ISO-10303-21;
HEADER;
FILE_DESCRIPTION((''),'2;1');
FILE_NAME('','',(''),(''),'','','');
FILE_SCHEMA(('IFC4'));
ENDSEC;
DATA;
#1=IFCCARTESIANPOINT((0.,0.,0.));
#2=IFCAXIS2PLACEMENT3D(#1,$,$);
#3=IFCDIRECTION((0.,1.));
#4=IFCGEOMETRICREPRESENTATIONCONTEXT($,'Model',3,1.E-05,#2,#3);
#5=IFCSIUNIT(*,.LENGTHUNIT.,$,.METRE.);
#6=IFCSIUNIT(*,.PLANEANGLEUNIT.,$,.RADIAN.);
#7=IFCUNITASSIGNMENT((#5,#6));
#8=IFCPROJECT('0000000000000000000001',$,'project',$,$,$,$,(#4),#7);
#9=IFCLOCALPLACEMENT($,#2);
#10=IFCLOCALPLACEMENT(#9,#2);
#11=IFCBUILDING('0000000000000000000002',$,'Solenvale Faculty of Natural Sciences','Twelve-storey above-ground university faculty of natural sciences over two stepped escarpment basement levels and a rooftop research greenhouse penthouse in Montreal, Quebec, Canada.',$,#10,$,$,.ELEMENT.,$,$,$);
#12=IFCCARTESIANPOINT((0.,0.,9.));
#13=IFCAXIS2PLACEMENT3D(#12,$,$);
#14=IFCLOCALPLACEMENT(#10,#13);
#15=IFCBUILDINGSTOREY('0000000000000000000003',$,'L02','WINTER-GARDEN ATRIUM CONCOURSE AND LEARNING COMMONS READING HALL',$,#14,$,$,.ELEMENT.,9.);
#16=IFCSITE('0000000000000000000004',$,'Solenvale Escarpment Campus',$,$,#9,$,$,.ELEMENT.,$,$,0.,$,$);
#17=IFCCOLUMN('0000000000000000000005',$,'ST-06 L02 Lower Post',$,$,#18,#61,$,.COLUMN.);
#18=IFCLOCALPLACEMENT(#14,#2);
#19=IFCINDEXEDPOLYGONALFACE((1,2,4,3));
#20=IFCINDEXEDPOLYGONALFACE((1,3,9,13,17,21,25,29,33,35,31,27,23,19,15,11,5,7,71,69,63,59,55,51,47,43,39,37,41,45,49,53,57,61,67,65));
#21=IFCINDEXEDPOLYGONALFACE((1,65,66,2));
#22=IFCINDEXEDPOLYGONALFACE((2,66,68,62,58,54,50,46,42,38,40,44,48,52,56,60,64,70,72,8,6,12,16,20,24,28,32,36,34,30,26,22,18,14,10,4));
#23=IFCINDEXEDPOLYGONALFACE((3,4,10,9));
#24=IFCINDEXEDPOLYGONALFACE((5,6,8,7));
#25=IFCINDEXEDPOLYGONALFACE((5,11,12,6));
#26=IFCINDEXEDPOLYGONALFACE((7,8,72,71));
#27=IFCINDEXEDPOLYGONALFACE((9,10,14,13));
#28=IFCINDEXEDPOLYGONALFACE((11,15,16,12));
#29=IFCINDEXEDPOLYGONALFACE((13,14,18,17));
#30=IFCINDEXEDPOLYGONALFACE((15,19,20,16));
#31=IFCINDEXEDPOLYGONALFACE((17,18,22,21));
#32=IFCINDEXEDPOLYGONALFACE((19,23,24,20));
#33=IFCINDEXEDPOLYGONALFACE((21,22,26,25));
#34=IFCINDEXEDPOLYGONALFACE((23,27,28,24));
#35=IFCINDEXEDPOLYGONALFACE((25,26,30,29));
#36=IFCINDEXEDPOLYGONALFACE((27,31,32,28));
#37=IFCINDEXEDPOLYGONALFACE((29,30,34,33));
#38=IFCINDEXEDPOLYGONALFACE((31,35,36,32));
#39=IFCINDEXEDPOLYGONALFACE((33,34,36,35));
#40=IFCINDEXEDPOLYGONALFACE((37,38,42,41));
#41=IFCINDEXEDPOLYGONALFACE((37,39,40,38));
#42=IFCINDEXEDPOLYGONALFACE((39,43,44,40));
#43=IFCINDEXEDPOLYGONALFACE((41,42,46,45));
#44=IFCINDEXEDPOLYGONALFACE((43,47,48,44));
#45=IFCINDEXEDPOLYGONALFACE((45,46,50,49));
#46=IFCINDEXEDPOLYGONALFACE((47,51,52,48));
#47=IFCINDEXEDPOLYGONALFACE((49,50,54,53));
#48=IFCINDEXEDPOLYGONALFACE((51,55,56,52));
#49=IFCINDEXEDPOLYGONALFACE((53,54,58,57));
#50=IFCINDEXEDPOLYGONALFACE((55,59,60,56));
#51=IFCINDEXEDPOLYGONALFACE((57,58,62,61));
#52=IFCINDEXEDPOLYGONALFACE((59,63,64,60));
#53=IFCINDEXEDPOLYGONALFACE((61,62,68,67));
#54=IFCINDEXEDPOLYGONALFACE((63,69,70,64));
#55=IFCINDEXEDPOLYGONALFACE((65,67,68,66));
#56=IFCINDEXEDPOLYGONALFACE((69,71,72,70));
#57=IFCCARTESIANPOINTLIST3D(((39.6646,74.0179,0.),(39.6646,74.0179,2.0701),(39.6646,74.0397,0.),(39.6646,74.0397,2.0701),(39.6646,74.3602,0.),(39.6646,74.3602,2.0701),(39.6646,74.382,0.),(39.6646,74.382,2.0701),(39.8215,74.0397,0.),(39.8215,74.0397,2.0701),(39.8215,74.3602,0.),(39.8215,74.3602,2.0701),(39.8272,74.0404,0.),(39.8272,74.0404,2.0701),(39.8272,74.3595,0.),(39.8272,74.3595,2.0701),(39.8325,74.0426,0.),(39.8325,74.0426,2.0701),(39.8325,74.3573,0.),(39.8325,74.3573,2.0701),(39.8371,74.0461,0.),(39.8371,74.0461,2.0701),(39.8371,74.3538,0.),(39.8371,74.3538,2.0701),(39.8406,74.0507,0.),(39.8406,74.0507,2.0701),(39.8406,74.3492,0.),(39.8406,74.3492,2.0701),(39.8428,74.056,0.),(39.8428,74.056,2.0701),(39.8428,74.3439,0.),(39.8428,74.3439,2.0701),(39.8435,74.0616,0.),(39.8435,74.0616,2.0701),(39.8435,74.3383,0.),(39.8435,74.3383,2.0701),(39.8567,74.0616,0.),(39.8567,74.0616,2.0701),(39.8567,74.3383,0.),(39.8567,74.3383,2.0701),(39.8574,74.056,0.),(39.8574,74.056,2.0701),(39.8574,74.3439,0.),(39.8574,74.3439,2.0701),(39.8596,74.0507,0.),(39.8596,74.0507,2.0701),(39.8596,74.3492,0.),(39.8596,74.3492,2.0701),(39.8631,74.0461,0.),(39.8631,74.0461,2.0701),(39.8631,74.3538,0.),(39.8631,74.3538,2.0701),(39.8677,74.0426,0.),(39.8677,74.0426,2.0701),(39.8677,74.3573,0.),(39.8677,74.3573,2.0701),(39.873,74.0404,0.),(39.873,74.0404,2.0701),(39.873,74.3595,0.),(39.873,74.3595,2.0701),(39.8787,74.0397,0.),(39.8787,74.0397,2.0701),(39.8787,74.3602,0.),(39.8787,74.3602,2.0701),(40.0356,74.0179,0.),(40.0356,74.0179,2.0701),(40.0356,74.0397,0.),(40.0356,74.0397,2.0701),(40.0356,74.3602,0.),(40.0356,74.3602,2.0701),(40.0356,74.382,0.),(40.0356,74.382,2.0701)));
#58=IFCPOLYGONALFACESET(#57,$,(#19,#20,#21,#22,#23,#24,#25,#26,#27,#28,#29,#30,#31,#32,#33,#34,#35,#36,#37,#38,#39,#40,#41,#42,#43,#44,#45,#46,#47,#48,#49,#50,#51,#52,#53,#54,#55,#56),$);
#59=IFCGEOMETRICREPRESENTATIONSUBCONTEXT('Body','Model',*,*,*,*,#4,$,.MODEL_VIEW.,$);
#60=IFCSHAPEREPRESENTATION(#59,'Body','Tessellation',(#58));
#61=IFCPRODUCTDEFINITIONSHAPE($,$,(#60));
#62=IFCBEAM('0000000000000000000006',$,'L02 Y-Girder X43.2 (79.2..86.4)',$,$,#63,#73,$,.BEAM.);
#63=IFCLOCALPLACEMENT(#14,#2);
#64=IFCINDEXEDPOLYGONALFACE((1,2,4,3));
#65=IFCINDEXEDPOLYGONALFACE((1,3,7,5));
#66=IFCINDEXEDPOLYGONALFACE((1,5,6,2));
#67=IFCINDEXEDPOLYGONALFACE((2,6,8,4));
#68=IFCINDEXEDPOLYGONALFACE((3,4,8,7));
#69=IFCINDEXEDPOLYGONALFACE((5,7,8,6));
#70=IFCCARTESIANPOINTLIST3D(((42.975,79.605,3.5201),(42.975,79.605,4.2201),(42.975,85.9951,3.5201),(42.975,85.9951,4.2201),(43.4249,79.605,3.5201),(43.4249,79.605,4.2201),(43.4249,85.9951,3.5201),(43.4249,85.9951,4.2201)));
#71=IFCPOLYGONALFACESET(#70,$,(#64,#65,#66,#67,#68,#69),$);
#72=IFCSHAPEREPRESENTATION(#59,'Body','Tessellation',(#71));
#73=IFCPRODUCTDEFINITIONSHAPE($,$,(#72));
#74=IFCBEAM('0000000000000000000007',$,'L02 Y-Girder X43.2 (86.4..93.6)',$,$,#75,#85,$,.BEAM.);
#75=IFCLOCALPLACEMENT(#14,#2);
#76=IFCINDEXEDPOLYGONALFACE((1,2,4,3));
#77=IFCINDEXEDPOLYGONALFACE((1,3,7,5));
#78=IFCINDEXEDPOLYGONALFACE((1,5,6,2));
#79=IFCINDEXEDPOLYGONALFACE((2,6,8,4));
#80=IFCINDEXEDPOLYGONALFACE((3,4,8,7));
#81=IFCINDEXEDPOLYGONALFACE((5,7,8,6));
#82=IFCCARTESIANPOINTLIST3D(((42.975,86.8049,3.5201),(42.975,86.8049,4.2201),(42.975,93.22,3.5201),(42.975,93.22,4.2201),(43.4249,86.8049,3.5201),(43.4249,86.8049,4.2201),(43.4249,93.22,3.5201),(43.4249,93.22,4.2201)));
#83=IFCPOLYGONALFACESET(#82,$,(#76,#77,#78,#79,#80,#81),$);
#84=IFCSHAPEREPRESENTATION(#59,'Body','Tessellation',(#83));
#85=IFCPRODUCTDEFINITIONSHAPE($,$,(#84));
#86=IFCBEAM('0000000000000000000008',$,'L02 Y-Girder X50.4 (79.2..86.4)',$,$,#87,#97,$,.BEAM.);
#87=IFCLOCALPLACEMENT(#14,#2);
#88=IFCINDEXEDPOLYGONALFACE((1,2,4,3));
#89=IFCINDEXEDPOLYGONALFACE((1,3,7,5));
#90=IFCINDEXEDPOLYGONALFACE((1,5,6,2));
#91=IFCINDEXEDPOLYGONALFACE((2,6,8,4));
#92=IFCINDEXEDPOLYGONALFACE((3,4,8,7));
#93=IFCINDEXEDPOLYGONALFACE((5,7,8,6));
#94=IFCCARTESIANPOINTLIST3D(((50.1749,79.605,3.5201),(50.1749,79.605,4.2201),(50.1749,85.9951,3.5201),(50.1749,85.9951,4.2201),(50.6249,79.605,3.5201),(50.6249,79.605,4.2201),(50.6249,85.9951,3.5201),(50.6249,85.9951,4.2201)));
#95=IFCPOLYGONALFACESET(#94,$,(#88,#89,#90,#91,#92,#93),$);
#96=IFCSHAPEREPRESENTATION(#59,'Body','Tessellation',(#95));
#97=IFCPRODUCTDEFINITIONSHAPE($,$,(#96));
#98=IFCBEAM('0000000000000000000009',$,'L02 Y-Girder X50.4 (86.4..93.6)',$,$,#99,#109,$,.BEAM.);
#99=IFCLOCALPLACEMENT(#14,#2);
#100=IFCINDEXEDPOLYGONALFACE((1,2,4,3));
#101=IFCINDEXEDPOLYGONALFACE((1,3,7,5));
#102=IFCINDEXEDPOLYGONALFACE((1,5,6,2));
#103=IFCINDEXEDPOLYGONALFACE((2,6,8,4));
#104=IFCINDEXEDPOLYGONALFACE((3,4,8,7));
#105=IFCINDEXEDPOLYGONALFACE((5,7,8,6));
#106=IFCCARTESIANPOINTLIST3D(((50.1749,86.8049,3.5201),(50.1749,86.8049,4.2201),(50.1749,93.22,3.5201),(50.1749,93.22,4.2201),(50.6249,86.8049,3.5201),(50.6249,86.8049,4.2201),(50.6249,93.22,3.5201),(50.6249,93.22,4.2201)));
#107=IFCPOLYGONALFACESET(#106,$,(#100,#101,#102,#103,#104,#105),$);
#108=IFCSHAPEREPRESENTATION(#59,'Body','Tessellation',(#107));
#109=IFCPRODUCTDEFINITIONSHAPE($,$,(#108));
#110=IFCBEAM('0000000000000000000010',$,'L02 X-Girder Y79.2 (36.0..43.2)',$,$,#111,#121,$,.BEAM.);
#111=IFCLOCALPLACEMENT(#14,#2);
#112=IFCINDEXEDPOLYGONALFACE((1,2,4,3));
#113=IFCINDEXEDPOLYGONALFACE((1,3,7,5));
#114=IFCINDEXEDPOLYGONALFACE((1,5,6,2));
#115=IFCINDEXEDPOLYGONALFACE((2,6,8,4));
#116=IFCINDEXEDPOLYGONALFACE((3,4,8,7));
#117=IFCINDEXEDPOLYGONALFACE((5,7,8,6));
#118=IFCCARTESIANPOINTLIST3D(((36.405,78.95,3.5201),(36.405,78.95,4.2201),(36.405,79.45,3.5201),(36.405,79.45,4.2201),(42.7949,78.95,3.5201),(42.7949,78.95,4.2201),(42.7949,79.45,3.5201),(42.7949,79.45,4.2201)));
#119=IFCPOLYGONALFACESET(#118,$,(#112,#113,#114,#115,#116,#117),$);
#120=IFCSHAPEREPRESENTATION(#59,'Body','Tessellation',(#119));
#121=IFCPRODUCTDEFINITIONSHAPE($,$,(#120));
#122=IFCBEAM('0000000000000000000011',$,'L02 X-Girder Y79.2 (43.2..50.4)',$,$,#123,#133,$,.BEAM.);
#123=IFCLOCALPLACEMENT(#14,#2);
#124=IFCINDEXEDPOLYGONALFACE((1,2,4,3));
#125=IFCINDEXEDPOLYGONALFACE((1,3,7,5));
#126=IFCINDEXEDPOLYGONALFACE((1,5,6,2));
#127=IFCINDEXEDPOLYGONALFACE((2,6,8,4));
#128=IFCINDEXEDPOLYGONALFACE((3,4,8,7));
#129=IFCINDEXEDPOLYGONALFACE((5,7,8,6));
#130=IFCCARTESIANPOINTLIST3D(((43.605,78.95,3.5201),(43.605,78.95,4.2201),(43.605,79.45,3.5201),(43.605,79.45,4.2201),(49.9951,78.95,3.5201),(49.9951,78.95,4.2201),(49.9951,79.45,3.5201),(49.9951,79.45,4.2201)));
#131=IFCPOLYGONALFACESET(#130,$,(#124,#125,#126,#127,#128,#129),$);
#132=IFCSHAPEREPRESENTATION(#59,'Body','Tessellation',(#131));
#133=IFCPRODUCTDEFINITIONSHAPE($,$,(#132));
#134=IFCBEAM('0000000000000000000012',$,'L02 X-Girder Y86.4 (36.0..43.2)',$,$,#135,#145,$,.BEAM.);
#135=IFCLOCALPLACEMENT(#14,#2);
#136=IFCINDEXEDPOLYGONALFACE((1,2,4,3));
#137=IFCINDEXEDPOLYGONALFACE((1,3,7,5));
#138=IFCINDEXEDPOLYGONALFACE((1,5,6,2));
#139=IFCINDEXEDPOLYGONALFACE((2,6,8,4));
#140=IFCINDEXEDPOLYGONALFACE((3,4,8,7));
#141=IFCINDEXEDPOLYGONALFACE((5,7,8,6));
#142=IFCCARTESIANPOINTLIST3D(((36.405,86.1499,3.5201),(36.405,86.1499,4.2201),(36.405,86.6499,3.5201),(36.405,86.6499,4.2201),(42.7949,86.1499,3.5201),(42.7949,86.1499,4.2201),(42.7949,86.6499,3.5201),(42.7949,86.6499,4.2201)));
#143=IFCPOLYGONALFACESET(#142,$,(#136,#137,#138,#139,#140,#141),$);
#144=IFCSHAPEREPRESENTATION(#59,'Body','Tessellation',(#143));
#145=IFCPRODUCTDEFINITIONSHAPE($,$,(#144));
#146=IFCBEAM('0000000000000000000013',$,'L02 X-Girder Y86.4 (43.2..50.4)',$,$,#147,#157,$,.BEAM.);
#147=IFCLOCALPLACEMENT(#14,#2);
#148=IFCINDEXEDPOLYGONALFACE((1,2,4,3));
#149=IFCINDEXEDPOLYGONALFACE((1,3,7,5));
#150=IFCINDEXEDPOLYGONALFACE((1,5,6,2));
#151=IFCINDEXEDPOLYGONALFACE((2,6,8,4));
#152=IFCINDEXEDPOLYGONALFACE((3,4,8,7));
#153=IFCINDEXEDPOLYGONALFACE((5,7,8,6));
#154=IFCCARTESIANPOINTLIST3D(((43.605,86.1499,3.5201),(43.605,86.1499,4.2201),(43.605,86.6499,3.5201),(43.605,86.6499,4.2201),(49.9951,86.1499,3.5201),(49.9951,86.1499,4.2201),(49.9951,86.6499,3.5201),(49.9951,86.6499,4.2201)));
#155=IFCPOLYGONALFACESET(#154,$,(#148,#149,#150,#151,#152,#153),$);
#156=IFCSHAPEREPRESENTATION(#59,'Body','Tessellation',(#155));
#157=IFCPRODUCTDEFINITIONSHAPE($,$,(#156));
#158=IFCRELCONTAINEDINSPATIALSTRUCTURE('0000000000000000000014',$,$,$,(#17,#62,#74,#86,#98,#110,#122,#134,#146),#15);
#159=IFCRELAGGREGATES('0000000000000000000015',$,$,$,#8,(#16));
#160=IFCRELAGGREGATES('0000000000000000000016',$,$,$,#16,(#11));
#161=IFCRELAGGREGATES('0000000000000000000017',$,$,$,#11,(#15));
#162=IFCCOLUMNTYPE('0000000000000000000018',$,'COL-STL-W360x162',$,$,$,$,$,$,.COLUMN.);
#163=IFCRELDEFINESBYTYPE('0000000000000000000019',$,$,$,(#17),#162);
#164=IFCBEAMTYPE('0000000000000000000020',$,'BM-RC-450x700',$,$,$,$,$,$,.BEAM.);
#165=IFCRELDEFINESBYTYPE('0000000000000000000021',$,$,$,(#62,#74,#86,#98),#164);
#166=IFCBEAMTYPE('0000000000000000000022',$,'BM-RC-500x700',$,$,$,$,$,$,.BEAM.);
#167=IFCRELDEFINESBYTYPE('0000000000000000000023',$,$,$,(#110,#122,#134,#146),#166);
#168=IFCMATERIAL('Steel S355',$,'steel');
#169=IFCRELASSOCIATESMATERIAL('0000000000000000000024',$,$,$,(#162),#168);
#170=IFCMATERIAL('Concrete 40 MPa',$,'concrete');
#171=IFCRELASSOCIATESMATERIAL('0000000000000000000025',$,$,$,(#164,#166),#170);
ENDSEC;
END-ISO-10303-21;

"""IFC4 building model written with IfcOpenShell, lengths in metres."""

from ifc_helpers import new_model, si_unit, direction, frame, origin, origin_2d, place, context, subcontext, project, spatial, rectangle, i_section, extrude, material, material_profile, profile_set, type_object, element, save


model = new_model("IFC4")

# Units and contexts
model_context = context("Model", 3, precision=1e-05, world=origin(), true_north=direction((0.0, 1.0)))
body_context = subcontext(model_context, "Body", "Model", "MODEL_VIEW")
ifc_project = project(units=[si_unit("LENGTHUNIT", "METRE"), si_unit("PLANEANGLEUNIT", "RADIAN")], contexts=[model_context])

# Site, building, storey
site_placement = place(None, origin())
site = spatial("IfcSite", under=ifc_project, at=site_placement, Name="Solenvale Escarpment Campus", CompositionType="ELEMENT", RefElevation=0.0)
building_placement = place(site_placement, origin())
building = spatial("IfcBuilding", under=site, at=building_placement, Name="Solenvale Faculty of Natural Sciences", Description="Twelve-storey above-ground university faculty of natural sciences over two stepped escarpment basement levels and a rooftop research greenhouse penthouse in Montreal, Quebec, Canada.", CompositionType="ELEMENT")
storey_placement = place(building_placement, frame((0.0, 0.0, 9.0)))
storey = spatial("IfcBuildingStorey", under=building, at=storey_placement, Name="L02", Description="WINTER-GARDEN ATRIUM CONCOURSE AND LEARNING COMMONS READING HALL", CompositionType="ELEMENT", Elevation=9.0)

# Column
ifc_material_1 = material(Name="Steel S355", Category="steel")
ifc_material_profile_1 = material_profile(ifc_material_1, i_section(OverallWidth=0.3711, OverallDepth=0.364, WebThickness=0.0132, FlangeThickness=0.0217, FilletRadius=0.022, at=origin_2d()), Name="W360x162")
ifc_profile_set_1 = profile_set([ifc_material_profile_1], Name="Steel S355")
column_type_1 = type_object("IfcColumnType", Name="COL-STL-W360x162", PredefinedType="COLUMN", material=ifc_profile_set_1)
for number, where, z_axis, x_axis, name in (
    (1, (39.8501, 74.2, 0.0), (0.0, 0.0, 1.0), (1.0, 0.0, 0.0), "ST-06 L02 Lower Post"),
):
    element("IfcColumn", number, at=place(storey_placement, frame(where, z_axis=z_axis, x_axis=x_axis)), inside=storey, type_object=column_type_1, Name=name, PredefinedType="COLUMN", context=body_context, shape_type="SweptSolid", body=[
        extrude(i_section(OverallWidth=0.3711, OverallDepth=0.364, WebThickness=0.0132, FlangeThickness=0.0217, FilletRadius=0.022, at=origin_2d()), origin(), (0.0, 0.0, 1.0), 2.0701),
    ])

# Beams
ifc_material_2 = material(Name="Concrete 40 MPa", Category="concrete")
ifc_material_profile_2 = material_profile(ifc_material_2, rectangle(XDim=0.45, YDim=0.7, at=origin_2d()), Name="RC-BM-450x700")
ifc_profile_set_2 = profile_set([ifc_material_profile_2], Name="Concrete 40 MPa")
beam_type_1 = type_object("IfcBeamType", Name="BM-RC-450x700", PredefinedType="BEAM", material=ifc_profile_set_2)
beam_1_placement = place(storey_placement, frame((43.2, 79.605, 3.8701), z_axis=(0.0, 1.0, 0.0), x_axis=(-1.0, 0.0, 0.0)))
element("IfcBeam", 2, at=beam_1_placement, inside=storey, type_object=beam_type_1, Name="L02 Y-Girder X43.2 (79.2..86.4)", PredefinedType="BEAM", context=body_context, shape_type="SweptSolid", body=[
    extrude(rectangle(XDim=0.45, YDim=0.7, at=origin_2d()), origin(), (0.0, 0.0, 1.0), 6.3901),
])
beam_2_placement = place(storey_placement, frame((43.2, 86.8049, 3.8701), z_axis=(0.0, 1.0, 0.0), x_axis=(-1.0, 0.0, 0.0)))
element("IfcBeam", 3, at=beam_2_placement, inside=storey, type_object=beam_type_1, Name="L02 Y-Girder X43.2 (86.4..93.6)", PredefinedType="BEAM", context=body_context, shape_type="SweptSolid", body=[
    extrude(rectangle(XDim=0.45, YDim=0.7, at=origin_2d()), origin(), (0.0, 0.0, 1.0), 6.415),
])
beam_3_placement = place(storey_placement, frame((50.3999, 79.605, 3.8701), z_axis=(0.0, 1.0, 0.0), x_axis=(-1.0, 0.0, 0.0)))
element("IfcBeam", 4, at=beam_3_placement, inside=storey, type_object=beam_type_1, Name="L02 Y-Girder X50.4 (79.2..86.4)", PredefinedType="BEAM", context=body_context, shape_type="SweptSolid", body=[
    extrude(rectangle(XDim=0.45, YDim=0.7, at=origin_2d()), origin(), (0.0, 0.0, 1.0), 6.3901),
])
beam_4_placement = place(storey_placement, frame((50.3999, 86.8049, 3.8701), z_axis=(0.0, 1.0, 0.0), x_axis=(-1.0, 0.0, 0.0)))
element("IfcBeam", 5, at=beam_4_placement, inside=storey, type_object=beam_type_1, Name="L02 Y-Girder X50.4 (86.4..93.6)", PredefinedType="BEAM", context=body_context, shape_type="SweptSolid", body=[
    extrude(rectangle(XDim=0.45, YDim=0.7, at=origin_2d()), origin(), (0.0, 0.0, 1.0), 6.415),
])
ifc_material_profile_3 = material_profile(ifc_material_2, rectangle(XDim=0.5, YDim=0.7, at=origin_2d()), Name="RC-BM-500x700")
ifc_profile_set_3 = profile_set([ifc_material_profile_3], Name="Concrete 40 MPa")
beam_type_2 = type_object("IfcBeamType", Name="BM-RC-500x700", PredefinedType="BEAM", material=ifc_profile_set_3)
beam_5_placement = place(storey_placement, frame((36.405, 79.2, 3.8701), z_axis=(1.0, 0.0, 0.0), x_axis=(0.0, 1.0, 0.0)))
element("IfcBeam", 6, at=beam_5_placement, inside=storey, type_object=beam_type_2, Name="L02 X-Girder Y79.2 (36.0..43.2)", PredefinedType="BEAM", context=body_context, shape_type="SweptSolid", body=[
    extrude(rectangle(XDim=0.5, YDim=0.7, at=origin_2d()), origin(), (0.0, 0.0, 1.0), 6.3899),
])
beam_6_placement = place(storey_placement, frame((43.605, 79.2, 3.8701), z_axis=(1.0, 0.0, 0.0), x_axis=(0.0, 1.0, 0.0)))
element("IfcBeam", 7, at=beam_6_placement, inside=storey, type_object=beam_type_2, Name="L02 X-Girder Y79.2 (43.2..50.4)", PredefinedType="BEAM", context=body_context, shape_type="SweptSolid", body=[
    extrude(rectangle(XDim=0.5, YDim=0.7, at=origin_2d()), origin(), (0.0, 0.0, 1.0), 6.3901),
])
beam_7_placement = place(storey_placement, frame((36.405, 86.3999, 3.8701), z_axis=(1.0, 0.0, 0.0), x_axis=(0.0, 1.0, 0.0)))
element("IfcBeam", 8, at=beam_7_placement, inside=storey, type_object=beam_type_2, Name="L02 X-Girder Y86.4 (36.0..43.2)", PredefinedType="BEAM", context=body_context, shape_type="SweptSolid", body=[
    extrude(rectangle(XDim=0.5, YDim=0.7, at=origin_2d()), origin(), (0.0, 0.0, 1.0), 6.3899),
])
beam_8_placement = place(storey_placement, frame((43.605, 86.3999, 3.8701), z_axis=(1.0, 0.0, 0.0), x_axis=(0.0, 1.0, 0.0)))
element("IfcBeam", 9, at=beam_8_placement, inside=storey, type_object=beam_type_2, Name="L02 X-Girder Y86.4 (43.2..50.4)", PredefinedType="BEAM", context=body_context, shape_type="SweptSolid", body=[
    extrude(rectangle(XDim=0.5, YDim=0.7, at=origin_2d()), origin(), (0.0, 0.0, 1.0), 6.3901),
])

save(model, "model.ifc")
